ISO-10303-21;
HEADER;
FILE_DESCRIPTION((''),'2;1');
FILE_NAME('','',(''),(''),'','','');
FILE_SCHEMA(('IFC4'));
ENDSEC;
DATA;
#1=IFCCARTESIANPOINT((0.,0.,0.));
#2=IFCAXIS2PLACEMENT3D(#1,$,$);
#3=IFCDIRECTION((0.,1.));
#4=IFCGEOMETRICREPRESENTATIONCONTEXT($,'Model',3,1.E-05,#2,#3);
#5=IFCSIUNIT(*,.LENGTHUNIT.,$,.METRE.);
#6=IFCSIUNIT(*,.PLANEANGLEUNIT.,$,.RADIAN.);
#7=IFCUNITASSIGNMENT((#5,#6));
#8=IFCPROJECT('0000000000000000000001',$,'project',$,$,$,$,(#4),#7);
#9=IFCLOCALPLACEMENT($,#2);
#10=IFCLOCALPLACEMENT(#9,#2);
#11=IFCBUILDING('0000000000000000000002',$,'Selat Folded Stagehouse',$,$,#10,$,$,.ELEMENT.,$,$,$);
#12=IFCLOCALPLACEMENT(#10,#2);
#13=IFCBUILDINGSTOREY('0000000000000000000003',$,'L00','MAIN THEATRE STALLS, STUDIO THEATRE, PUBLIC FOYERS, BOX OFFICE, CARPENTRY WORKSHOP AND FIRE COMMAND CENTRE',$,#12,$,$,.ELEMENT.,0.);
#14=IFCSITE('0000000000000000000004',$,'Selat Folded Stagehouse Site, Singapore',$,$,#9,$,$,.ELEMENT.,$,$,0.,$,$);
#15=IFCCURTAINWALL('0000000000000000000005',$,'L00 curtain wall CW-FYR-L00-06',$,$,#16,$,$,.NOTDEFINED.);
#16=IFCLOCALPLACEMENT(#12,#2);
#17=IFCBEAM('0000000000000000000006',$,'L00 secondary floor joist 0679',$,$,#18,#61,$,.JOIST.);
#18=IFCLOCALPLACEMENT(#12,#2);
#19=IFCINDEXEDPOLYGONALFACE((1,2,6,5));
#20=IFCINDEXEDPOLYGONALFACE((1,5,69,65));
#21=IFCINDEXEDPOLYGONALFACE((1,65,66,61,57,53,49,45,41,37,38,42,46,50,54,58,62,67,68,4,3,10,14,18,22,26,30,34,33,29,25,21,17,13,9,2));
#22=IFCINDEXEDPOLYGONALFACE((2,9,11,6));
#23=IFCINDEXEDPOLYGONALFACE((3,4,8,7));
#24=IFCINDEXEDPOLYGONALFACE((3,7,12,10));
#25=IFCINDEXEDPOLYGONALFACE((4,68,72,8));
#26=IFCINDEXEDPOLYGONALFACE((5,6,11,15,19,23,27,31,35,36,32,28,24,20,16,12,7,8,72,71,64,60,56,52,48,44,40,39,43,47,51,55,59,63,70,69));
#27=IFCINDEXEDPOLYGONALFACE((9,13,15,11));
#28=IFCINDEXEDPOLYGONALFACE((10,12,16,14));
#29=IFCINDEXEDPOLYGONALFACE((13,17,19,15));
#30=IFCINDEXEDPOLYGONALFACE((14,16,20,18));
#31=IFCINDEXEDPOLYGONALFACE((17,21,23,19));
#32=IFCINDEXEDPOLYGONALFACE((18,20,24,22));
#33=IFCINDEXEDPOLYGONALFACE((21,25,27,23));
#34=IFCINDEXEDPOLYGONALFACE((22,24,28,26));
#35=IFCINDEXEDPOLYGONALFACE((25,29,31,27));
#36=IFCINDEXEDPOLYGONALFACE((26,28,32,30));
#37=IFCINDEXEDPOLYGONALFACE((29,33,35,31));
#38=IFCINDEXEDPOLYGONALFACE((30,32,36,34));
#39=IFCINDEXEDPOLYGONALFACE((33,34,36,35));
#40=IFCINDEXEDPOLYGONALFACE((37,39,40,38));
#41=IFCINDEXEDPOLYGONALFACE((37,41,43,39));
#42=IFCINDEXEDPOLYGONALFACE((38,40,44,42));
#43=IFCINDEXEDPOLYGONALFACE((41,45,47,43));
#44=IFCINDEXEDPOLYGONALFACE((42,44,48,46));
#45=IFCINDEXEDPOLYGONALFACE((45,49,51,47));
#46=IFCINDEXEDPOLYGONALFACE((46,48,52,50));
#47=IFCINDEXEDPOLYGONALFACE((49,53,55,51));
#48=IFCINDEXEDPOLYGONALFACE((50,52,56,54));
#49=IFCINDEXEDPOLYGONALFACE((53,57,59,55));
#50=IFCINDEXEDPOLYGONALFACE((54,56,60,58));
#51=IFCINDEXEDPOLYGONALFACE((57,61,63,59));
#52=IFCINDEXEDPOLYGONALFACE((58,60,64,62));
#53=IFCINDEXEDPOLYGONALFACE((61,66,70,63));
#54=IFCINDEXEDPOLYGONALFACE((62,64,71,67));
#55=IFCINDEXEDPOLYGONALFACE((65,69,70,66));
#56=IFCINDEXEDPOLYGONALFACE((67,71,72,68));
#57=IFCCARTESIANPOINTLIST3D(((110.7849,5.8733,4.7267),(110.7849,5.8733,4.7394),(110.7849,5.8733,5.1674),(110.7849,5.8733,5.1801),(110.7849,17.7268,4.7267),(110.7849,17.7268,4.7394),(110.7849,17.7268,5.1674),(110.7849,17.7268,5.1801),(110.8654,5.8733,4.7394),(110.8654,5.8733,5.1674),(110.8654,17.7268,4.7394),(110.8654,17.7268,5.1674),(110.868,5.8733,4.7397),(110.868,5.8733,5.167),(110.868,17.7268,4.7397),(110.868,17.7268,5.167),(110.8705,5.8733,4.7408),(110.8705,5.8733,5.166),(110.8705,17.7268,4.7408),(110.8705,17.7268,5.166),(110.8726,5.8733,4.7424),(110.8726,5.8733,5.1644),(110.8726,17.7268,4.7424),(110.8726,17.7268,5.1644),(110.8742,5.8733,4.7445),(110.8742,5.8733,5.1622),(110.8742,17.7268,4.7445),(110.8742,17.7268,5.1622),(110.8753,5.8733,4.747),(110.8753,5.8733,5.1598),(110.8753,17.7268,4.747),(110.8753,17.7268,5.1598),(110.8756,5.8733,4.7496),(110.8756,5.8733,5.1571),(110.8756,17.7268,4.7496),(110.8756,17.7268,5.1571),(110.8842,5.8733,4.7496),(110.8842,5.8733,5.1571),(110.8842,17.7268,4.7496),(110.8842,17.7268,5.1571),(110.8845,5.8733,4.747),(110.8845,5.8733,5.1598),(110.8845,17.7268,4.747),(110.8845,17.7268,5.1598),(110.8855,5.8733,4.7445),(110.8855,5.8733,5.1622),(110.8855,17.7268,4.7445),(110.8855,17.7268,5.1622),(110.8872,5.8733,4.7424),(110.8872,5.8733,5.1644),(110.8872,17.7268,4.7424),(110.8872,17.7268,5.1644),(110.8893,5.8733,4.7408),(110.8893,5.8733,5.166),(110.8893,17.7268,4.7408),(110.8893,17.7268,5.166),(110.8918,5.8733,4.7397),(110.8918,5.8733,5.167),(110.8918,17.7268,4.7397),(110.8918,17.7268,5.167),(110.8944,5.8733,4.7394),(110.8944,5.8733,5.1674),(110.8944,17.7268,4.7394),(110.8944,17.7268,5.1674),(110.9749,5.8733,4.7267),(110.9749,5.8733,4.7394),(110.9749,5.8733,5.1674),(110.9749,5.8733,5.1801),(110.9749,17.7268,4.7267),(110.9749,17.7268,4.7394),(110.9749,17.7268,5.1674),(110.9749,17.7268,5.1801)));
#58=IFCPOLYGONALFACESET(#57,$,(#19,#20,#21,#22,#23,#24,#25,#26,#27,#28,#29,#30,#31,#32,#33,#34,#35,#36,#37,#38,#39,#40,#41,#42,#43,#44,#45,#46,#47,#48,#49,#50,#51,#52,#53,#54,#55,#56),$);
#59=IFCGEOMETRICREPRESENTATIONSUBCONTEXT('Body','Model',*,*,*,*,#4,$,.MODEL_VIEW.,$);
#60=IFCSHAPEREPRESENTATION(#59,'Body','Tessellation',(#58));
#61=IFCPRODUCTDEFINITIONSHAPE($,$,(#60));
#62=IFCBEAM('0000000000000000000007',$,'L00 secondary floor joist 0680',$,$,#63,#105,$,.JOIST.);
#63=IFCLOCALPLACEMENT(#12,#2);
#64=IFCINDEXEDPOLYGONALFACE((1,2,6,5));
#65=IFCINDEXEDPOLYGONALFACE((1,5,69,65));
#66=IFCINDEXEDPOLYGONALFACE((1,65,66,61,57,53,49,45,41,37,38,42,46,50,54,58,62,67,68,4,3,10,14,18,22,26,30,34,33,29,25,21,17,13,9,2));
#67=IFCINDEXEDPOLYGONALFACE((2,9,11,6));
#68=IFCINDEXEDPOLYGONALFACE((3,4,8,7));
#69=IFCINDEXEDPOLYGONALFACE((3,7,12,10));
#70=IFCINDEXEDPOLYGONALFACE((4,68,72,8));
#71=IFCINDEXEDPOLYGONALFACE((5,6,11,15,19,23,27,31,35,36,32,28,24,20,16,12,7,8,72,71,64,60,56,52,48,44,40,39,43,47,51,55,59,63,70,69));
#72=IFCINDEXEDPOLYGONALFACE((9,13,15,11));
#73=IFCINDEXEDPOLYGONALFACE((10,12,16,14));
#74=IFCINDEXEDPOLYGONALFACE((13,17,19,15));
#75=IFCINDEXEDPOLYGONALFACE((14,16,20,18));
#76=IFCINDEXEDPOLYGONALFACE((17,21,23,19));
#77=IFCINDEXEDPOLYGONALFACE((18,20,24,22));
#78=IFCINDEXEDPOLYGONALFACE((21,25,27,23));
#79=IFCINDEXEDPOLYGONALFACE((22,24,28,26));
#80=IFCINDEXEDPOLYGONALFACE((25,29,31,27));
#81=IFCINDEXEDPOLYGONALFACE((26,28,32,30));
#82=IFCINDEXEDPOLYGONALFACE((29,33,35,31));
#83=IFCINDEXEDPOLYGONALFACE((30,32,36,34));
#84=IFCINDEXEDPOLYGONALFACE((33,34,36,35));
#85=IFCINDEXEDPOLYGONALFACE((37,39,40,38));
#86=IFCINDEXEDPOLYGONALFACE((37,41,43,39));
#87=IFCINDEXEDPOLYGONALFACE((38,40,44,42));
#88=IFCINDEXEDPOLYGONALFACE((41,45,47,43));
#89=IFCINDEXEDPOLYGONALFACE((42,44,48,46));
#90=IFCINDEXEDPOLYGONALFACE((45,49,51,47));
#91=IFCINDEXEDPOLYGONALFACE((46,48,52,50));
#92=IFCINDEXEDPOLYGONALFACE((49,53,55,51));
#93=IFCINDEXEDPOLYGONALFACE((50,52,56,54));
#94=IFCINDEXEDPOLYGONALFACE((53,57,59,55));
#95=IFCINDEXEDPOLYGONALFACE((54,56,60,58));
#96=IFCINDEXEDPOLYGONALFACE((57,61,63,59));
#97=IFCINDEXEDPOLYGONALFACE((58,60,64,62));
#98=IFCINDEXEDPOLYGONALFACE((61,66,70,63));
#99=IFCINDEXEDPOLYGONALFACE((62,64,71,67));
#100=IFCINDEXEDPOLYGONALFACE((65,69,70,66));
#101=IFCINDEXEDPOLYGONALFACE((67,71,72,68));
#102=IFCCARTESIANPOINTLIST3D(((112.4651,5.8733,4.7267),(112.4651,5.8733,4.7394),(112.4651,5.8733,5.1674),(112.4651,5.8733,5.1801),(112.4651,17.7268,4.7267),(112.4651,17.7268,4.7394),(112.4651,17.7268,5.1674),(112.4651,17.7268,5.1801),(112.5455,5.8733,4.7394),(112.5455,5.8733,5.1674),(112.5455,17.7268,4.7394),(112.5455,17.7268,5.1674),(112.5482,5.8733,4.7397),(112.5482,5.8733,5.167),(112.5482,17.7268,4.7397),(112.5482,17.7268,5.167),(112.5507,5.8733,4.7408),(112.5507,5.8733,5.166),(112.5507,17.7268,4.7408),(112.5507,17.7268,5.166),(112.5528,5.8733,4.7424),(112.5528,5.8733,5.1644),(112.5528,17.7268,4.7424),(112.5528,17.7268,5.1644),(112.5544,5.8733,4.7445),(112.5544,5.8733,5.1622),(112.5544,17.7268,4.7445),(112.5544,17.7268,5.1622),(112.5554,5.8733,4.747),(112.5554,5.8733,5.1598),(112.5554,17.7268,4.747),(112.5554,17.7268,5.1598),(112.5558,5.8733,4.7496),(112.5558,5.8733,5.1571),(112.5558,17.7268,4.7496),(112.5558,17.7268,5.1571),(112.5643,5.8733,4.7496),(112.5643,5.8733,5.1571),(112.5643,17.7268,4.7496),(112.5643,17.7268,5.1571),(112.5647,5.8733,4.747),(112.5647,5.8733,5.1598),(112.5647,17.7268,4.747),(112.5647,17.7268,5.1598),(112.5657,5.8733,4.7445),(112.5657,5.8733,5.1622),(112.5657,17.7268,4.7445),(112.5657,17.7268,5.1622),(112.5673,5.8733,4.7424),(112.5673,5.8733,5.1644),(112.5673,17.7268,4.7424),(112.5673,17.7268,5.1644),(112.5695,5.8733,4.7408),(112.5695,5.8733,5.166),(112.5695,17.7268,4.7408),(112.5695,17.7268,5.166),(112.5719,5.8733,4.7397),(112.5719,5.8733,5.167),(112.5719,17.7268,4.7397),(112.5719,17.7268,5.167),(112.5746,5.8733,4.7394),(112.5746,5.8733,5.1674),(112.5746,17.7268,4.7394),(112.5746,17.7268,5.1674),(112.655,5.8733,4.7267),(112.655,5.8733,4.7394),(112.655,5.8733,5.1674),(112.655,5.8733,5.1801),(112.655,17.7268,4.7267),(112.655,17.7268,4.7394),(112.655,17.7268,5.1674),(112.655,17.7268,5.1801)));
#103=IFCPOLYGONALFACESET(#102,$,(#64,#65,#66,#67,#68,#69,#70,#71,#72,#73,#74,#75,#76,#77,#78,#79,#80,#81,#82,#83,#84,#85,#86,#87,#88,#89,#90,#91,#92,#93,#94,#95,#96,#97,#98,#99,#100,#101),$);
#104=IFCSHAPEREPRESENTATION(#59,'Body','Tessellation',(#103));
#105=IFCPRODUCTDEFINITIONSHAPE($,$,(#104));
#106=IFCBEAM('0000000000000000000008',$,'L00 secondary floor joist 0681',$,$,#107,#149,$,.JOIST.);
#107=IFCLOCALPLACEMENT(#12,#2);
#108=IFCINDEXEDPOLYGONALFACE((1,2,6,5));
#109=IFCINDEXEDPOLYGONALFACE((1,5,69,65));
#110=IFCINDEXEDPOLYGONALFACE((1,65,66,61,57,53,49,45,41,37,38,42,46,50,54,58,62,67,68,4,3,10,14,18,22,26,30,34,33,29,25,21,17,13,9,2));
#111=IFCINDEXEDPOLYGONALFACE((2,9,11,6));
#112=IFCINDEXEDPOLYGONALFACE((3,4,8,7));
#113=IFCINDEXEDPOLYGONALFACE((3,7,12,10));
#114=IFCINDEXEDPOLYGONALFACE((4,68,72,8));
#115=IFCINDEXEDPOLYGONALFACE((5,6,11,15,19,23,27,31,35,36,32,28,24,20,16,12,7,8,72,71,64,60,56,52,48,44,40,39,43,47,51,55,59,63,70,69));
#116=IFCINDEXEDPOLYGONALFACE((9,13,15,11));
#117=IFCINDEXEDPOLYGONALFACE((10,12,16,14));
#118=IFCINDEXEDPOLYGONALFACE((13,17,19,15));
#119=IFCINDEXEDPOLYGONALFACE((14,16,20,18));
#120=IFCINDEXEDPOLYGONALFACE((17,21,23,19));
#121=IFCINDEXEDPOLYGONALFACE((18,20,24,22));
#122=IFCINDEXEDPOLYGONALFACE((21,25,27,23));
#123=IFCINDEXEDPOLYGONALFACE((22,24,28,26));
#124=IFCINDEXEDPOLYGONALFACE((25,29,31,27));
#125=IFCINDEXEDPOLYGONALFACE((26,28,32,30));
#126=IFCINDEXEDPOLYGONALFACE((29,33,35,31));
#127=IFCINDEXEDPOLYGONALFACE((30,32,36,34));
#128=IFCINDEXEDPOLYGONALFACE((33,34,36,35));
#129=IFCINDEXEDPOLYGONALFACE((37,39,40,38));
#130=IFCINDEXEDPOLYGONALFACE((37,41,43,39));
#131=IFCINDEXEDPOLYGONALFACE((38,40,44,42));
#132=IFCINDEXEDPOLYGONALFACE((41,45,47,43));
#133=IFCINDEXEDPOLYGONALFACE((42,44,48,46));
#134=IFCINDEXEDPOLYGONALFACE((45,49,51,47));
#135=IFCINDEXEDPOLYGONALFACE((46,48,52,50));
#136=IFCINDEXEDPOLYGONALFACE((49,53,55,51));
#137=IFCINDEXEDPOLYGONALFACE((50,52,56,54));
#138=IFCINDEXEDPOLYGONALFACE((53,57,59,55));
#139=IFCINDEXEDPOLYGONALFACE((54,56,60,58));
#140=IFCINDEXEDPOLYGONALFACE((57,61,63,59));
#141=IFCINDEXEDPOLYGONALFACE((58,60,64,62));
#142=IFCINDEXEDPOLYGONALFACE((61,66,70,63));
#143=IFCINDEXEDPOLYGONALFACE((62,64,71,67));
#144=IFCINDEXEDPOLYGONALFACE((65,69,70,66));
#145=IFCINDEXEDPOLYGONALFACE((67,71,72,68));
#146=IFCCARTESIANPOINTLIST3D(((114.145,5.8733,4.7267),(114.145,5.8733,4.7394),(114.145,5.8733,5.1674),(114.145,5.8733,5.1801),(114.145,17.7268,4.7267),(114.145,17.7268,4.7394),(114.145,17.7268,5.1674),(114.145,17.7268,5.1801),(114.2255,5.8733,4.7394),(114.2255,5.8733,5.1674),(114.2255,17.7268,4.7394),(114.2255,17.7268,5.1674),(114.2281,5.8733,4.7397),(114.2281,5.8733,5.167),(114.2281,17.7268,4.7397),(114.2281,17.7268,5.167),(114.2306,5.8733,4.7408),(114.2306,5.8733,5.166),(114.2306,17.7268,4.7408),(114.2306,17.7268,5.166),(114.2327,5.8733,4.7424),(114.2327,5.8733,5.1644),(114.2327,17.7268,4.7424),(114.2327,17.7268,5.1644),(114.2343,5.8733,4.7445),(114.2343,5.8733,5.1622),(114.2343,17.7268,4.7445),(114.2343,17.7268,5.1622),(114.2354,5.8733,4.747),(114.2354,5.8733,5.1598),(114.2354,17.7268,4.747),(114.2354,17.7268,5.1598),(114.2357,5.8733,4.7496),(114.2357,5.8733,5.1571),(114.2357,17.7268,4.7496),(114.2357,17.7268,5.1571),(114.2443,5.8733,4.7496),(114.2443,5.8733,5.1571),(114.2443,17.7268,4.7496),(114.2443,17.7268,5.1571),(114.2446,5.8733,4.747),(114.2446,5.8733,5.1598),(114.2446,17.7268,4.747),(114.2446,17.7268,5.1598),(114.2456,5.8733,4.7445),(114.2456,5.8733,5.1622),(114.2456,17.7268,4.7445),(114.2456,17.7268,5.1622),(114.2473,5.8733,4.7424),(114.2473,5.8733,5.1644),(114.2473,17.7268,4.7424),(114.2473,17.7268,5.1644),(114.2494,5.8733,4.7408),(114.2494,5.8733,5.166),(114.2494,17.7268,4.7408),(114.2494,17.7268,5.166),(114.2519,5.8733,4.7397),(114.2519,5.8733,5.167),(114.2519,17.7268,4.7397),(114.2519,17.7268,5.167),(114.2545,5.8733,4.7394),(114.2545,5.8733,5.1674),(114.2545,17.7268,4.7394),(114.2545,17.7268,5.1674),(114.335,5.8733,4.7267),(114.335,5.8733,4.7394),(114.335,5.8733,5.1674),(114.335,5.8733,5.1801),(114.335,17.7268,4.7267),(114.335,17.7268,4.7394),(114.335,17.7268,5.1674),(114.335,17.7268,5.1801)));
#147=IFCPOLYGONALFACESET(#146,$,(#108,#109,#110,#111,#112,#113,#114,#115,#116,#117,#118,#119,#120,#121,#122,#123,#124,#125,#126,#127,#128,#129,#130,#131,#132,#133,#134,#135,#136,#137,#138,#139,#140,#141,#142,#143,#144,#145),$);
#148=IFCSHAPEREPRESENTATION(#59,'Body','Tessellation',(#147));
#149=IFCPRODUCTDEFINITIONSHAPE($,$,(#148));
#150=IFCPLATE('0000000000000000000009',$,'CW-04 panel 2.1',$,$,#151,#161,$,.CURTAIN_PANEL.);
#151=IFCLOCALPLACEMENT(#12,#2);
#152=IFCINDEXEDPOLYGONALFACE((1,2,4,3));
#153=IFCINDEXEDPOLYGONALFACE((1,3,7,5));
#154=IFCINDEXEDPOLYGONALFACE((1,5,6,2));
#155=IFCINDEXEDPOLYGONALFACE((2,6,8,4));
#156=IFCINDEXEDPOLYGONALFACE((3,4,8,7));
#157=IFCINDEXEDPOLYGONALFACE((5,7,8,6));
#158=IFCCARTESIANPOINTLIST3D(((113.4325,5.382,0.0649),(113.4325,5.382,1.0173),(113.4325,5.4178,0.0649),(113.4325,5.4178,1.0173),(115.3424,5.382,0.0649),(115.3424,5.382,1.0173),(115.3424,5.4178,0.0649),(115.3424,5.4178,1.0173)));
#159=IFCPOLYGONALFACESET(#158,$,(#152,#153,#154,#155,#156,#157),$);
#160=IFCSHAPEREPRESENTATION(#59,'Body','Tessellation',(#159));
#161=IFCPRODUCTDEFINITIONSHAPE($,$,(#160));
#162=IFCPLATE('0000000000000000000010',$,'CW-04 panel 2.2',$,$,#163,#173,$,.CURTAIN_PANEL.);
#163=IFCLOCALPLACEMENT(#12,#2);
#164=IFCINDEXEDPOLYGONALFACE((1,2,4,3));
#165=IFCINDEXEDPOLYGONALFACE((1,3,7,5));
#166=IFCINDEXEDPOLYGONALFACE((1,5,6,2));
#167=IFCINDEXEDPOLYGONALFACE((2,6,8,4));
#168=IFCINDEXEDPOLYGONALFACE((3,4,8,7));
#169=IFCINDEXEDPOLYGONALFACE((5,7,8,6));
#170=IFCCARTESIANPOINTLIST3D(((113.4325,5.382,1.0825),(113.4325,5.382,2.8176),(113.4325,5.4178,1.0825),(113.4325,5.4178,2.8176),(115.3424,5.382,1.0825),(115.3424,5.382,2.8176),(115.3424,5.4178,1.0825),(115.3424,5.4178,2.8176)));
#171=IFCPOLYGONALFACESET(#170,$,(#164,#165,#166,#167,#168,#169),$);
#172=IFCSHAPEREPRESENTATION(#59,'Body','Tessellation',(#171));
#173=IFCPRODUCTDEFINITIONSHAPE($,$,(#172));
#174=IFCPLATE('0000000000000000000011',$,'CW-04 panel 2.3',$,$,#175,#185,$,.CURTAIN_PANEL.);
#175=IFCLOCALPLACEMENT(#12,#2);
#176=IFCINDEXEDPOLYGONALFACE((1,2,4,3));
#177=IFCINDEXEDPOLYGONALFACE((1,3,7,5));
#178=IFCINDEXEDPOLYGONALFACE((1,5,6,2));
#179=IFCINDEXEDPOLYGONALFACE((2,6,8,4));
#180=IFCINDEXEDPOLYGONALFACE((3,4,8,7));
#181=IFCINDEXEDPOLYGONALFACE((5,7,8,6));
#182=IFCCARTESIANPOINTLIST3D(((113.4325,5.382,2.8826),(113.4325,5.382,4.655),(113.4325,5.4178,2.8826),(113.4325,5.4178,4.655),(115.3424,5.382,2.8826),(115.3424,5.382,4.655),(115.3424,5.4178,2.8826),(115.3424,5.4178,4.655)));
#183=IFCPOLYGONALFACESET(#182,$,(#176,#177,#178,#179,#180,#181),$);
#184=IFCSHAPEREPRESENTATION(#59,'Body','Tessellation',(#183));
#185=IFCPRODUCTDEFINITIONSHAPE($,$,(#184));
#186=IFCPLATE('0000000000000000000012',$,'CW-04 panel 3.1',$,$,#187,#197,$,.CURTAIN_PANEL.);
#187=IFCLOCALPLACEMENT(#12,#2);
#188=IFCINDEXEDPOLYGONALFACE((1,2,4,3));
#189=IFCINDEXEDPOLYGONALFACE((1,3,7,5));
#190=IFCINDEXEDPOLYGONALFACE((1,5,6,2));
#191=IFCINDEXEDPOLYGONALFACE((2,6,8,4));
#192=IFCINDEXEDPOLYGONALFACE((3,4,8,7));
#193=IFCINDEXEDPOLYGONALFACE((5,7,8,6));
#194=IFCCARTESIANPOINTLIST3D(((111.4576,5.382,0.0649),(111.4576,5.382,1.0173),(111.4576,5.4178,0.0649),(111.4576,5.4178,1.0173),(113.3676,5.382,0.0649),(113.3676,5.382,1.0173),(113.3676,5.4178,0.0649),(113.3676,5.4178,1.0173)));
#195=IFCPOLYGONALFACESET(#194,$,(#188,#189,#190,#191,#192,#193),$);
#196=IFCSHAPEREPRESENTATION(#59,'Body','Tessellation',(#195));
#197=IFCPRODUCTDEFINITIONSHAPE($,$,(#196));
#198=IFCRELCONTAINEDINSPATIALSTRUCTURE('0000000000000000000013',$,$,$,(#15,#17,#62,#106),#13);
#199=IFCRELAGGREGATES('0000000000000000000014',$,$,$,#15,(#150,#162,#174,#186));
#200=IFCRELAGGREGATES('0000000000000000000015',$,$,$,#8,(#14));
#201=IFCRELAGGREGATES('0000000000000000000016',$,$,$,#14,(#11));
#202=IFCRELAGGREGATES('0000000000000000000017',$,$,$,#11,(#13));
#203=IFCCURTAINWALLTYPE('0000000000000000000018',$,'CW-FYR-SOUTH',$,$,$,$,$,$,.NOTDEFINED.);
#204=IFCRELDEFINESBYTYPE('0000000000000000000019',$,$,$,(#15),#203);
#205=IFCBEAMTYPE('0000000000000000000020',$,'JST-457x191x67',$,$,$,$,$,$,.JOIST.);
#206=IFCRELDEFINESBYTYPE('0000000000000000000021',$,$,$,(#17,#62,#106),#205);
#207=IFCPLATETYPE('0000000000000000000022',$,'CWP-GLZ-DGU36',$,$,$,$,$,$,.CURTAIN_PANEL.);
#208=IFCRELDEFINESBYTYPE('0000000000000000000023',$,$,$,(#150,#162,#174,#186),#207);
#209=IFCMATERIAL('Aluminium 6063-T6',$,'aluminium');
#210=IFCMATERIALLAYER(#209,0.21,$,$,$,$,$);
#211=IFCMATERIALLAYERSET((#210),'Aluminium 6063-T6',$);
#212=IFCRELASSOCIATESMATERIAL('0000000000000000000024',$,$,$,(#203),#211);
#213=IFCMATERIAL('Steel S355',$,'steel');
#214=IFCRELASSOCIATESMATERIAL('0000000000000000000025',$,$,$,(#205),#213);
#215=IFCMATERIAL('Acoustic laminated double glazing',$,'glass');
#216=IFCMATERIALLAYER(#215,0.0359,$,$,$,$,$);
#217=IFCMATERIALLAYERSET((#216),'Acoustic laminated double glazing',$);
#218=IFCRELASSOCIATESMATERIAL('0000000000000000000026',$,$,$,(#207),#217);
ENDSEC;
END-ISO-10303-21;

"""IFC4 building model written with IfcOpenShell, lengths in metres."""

from ifc_helpers import new_model, si_unit, direction, frame, origin, origin_2d, place, context, subcontext, project, spatial, rectangle, i_section, extrude, material, layer, layer_set, material_profile, profile_set, type_object, element, aggregate, save


model = new_model("IFC4")

# Units and contexts
model_context = context("Model", 3, precision=1e-05, world=origin(), true_north=direction((0.0, 1.0)))
body_context = subcontext(model_context, "Body", "Model", "MODEL_VIEW")
ifc_project = project(units=[si_unit("LENGTHUNIT", "METRE"), si_unit("PLANEANGLEUNIT", "RADIAN")], contexts=[model_context])

# Site, building, storey
site_placement = place(None, origin())
site = spatial("IfcSite", under=ifc_project, at=site_placement, Name="Selat Folded Stagehouse Site, Singapore", CompositionType="ELEMENT", RefElevation=0.0)
building_placement = place(site_placement, origin())
building = spatial("IfcBuilding", under=site, at=building_placement, Name="Selat Folded Stagehouse", CompositionType="ELEMENT")
storey_placement = place(building_placement, origin())
storey = spatial("IfcBuildingStorey", under=building, at=storey_placement, Name="L00", Description="MAIN THEATRE STALLS, STUDIO THEATRE, PUBLIC FOYERS, BOX OFFICE, CARPENTRY WORKSHOP AND FIRE COMMAND CENTRE", CompositionType="ELEMENT", Elevation=0.0)

# Curtain wall
ifc_material_1 = material(Name="Aluminium 6063-T6", Category="aluminium")
ifc_layer_1 = layer(ifc_material_1, 0.21)
ifc_layer_set_1 = layer_set([ifc_layer_1], Name="Aluminium 6063-T6")
curtain_wall_type = type_object("IfcCurtainWallType", Name="CW-FYR-SOUTH", PredefinedType="NOTDEFINED", material=ifc_layer_set_1)
curtain_wall_placement = place(storey_placement, origin())
curtain_wall = element("IfcCurtainWall", 1, at=curtain_wall_placement, inside=storey, type_object=curtain_wall_type, Name="L00 curtain wall CW-FYR-L00-06", PredefinedType="NOTDEFINED")

# Beams
ifc_material_2 = material(Name="Steel S355", Category="steel")
ifc_material_profile_1 = material_profile(ifc_material_2, i_section(OverallWidth=0.1899, OverallDepth=0.4534, WebThickness=0.0085, FlangeThickness=0.0127, FilletRadius=0.0103, at=origin_2d()), Name="UKB 457x191x67")
ifc_profile_set_1 = profile_set([ifc_material_profile_1], Name="Steel S355")
beam_type_1 = type_object("IfcBeamType", Name="JST-457x191x67", PredefinedType="JOIST", material=ifc_profile_set_1)
for number, where, z_axis, x_axis, name in (
    (2, (110.8799, 5.8733, 4.9534), (0.0, 1.0, 0.0), (-1.0, 0.0, 0.0), "L00 secondary floor joist 0679"),
    (3, (112.5601, 5.8733, 4.9534), (0.0, 1.0, 0.0), (-1.0, 0.0, 0.0), "L00 secondary floor joist 0680"),
    (4, (114.24, 5.8733, 4.9534), (0.0, 1.0, 0.0), (-1.0, 0.0, 0.0), "L00 secondary floor joist 0681"),
):
    element("IfcBeam", number, at=place(storey_placement, frame(where, z_axis=z_axis, x_axis=x_axis)), inside=storey, type_object=beam_type_1, Name=name, PredefinedType="JOIST", context=body_context, shape_type="SweptSolid", body=[
        extrude(i_section(OverallWidth=0.1899, OverallDepth=0.4534, WebThickness=0.0085, FlangeThickness=0.0127, FilletRadius=0.0103, at=origin_2d()), origin(), (0.0, 0.0, 1.0), 11.8535),
    ])

# Plates
ifc_material_3 = material(Name="Acoustic laminated double glazing", Category="glass")
ifc_layer_2 = layer(ifc_material_3, 0.0359)
ifc_layer_set_2 = layer_set([ifc_layer_2], Name="Acoustic laminated double glazing")
plate_type = type_object("IfcPlateType", Name="CWP-GLZ-DGU36", PredefinedType="CURTAIN_PANEL", material=ifc_layer_set_2)
plate_1_placement = place(storey_placement, frame((114.3875, 5.3999, 0.0649), z_axis=(0.0, 0.0, 1.0), x_axis=(-1.0, 0.0, 0.0)))
plate_1 = element("IfcPlate", 5, at=plate_1_placement, type_object=plate_type, Name="CW-04 panel 2.1", PredefinedType="CURTAIN_PANEL", context=body_context, shape_type="SweptSolid", body=[
    extrude(rectangle(XDim=1.9099, YDim=0.0359, at=origin_2d()), origin(), (0.0, 0.0, 1.0), 0.9524),
])
plate_2_placement = place(storey_placement, frame((114.3875, 5.3999, 1.0825), z_axis=(0.0, 0.0, 1.0), x_axis=(-1.0, 0.0, 0.0)))
plate_2 = element("IfcPlate", 6, at=plate_2_placement, type_object=plate_type, Name="CW-04 panel 2.2", PredefinedType="CURTAIN_PANEL", context=body_context, shape_type="SweptSolid", body=[
    extrude(rectangle(XDim=1.9099, YDim=0.0359, at=origin_2d()), origin(), (0.0, 0.0, 1.0), 1.7351),
])
plate_3_placement = place(storey_placement, frame((114.3875, 5.3999, 2.8826), z_axis=(0.0, 0.0, 1.0), x_axis=(-1.0, 0.0, 0.0)))
plate_3 = element("IfcPlate", 7, at=plate_3_placement, type_object=plate_type, Name="CW-04 panel 2.3", PredefinedType="CURTAIN_PANEL", context=body_context, shape_type="SweptSolid", body=[
    extrude(rectangle(XDim=1.9099, YDim=0.0359, at=origin_2d()), origin(), (0.0, 0.0, 1.0), 1.7725),
])
plate_4_placement = place(storey_placement, frame((112.4126, 5.3999, 0.0649), z_axis=(0.0, 0.0, 1.0), x_axis=(-1.0, 0.0, 0.0)))
plate_4 = element("IfcPlate", 8, at=plate_4_placement, type_object=plate_type, Name="CW-04 panel 3.1", PredefinedType="CURTAIN_PANEL", context=body_context, shape_type="SweptSolid", body=[
    extrude(rectangle(XDim=1.9099, YDim=0.0359, at=origin_2d()), origin(), (0.0, 0.0, 1.0), 0.9524),
])
aggregate(curtain_wall, [plate_1, plate_2, plate_3, plate_4])

save(model, "model.ifc")
